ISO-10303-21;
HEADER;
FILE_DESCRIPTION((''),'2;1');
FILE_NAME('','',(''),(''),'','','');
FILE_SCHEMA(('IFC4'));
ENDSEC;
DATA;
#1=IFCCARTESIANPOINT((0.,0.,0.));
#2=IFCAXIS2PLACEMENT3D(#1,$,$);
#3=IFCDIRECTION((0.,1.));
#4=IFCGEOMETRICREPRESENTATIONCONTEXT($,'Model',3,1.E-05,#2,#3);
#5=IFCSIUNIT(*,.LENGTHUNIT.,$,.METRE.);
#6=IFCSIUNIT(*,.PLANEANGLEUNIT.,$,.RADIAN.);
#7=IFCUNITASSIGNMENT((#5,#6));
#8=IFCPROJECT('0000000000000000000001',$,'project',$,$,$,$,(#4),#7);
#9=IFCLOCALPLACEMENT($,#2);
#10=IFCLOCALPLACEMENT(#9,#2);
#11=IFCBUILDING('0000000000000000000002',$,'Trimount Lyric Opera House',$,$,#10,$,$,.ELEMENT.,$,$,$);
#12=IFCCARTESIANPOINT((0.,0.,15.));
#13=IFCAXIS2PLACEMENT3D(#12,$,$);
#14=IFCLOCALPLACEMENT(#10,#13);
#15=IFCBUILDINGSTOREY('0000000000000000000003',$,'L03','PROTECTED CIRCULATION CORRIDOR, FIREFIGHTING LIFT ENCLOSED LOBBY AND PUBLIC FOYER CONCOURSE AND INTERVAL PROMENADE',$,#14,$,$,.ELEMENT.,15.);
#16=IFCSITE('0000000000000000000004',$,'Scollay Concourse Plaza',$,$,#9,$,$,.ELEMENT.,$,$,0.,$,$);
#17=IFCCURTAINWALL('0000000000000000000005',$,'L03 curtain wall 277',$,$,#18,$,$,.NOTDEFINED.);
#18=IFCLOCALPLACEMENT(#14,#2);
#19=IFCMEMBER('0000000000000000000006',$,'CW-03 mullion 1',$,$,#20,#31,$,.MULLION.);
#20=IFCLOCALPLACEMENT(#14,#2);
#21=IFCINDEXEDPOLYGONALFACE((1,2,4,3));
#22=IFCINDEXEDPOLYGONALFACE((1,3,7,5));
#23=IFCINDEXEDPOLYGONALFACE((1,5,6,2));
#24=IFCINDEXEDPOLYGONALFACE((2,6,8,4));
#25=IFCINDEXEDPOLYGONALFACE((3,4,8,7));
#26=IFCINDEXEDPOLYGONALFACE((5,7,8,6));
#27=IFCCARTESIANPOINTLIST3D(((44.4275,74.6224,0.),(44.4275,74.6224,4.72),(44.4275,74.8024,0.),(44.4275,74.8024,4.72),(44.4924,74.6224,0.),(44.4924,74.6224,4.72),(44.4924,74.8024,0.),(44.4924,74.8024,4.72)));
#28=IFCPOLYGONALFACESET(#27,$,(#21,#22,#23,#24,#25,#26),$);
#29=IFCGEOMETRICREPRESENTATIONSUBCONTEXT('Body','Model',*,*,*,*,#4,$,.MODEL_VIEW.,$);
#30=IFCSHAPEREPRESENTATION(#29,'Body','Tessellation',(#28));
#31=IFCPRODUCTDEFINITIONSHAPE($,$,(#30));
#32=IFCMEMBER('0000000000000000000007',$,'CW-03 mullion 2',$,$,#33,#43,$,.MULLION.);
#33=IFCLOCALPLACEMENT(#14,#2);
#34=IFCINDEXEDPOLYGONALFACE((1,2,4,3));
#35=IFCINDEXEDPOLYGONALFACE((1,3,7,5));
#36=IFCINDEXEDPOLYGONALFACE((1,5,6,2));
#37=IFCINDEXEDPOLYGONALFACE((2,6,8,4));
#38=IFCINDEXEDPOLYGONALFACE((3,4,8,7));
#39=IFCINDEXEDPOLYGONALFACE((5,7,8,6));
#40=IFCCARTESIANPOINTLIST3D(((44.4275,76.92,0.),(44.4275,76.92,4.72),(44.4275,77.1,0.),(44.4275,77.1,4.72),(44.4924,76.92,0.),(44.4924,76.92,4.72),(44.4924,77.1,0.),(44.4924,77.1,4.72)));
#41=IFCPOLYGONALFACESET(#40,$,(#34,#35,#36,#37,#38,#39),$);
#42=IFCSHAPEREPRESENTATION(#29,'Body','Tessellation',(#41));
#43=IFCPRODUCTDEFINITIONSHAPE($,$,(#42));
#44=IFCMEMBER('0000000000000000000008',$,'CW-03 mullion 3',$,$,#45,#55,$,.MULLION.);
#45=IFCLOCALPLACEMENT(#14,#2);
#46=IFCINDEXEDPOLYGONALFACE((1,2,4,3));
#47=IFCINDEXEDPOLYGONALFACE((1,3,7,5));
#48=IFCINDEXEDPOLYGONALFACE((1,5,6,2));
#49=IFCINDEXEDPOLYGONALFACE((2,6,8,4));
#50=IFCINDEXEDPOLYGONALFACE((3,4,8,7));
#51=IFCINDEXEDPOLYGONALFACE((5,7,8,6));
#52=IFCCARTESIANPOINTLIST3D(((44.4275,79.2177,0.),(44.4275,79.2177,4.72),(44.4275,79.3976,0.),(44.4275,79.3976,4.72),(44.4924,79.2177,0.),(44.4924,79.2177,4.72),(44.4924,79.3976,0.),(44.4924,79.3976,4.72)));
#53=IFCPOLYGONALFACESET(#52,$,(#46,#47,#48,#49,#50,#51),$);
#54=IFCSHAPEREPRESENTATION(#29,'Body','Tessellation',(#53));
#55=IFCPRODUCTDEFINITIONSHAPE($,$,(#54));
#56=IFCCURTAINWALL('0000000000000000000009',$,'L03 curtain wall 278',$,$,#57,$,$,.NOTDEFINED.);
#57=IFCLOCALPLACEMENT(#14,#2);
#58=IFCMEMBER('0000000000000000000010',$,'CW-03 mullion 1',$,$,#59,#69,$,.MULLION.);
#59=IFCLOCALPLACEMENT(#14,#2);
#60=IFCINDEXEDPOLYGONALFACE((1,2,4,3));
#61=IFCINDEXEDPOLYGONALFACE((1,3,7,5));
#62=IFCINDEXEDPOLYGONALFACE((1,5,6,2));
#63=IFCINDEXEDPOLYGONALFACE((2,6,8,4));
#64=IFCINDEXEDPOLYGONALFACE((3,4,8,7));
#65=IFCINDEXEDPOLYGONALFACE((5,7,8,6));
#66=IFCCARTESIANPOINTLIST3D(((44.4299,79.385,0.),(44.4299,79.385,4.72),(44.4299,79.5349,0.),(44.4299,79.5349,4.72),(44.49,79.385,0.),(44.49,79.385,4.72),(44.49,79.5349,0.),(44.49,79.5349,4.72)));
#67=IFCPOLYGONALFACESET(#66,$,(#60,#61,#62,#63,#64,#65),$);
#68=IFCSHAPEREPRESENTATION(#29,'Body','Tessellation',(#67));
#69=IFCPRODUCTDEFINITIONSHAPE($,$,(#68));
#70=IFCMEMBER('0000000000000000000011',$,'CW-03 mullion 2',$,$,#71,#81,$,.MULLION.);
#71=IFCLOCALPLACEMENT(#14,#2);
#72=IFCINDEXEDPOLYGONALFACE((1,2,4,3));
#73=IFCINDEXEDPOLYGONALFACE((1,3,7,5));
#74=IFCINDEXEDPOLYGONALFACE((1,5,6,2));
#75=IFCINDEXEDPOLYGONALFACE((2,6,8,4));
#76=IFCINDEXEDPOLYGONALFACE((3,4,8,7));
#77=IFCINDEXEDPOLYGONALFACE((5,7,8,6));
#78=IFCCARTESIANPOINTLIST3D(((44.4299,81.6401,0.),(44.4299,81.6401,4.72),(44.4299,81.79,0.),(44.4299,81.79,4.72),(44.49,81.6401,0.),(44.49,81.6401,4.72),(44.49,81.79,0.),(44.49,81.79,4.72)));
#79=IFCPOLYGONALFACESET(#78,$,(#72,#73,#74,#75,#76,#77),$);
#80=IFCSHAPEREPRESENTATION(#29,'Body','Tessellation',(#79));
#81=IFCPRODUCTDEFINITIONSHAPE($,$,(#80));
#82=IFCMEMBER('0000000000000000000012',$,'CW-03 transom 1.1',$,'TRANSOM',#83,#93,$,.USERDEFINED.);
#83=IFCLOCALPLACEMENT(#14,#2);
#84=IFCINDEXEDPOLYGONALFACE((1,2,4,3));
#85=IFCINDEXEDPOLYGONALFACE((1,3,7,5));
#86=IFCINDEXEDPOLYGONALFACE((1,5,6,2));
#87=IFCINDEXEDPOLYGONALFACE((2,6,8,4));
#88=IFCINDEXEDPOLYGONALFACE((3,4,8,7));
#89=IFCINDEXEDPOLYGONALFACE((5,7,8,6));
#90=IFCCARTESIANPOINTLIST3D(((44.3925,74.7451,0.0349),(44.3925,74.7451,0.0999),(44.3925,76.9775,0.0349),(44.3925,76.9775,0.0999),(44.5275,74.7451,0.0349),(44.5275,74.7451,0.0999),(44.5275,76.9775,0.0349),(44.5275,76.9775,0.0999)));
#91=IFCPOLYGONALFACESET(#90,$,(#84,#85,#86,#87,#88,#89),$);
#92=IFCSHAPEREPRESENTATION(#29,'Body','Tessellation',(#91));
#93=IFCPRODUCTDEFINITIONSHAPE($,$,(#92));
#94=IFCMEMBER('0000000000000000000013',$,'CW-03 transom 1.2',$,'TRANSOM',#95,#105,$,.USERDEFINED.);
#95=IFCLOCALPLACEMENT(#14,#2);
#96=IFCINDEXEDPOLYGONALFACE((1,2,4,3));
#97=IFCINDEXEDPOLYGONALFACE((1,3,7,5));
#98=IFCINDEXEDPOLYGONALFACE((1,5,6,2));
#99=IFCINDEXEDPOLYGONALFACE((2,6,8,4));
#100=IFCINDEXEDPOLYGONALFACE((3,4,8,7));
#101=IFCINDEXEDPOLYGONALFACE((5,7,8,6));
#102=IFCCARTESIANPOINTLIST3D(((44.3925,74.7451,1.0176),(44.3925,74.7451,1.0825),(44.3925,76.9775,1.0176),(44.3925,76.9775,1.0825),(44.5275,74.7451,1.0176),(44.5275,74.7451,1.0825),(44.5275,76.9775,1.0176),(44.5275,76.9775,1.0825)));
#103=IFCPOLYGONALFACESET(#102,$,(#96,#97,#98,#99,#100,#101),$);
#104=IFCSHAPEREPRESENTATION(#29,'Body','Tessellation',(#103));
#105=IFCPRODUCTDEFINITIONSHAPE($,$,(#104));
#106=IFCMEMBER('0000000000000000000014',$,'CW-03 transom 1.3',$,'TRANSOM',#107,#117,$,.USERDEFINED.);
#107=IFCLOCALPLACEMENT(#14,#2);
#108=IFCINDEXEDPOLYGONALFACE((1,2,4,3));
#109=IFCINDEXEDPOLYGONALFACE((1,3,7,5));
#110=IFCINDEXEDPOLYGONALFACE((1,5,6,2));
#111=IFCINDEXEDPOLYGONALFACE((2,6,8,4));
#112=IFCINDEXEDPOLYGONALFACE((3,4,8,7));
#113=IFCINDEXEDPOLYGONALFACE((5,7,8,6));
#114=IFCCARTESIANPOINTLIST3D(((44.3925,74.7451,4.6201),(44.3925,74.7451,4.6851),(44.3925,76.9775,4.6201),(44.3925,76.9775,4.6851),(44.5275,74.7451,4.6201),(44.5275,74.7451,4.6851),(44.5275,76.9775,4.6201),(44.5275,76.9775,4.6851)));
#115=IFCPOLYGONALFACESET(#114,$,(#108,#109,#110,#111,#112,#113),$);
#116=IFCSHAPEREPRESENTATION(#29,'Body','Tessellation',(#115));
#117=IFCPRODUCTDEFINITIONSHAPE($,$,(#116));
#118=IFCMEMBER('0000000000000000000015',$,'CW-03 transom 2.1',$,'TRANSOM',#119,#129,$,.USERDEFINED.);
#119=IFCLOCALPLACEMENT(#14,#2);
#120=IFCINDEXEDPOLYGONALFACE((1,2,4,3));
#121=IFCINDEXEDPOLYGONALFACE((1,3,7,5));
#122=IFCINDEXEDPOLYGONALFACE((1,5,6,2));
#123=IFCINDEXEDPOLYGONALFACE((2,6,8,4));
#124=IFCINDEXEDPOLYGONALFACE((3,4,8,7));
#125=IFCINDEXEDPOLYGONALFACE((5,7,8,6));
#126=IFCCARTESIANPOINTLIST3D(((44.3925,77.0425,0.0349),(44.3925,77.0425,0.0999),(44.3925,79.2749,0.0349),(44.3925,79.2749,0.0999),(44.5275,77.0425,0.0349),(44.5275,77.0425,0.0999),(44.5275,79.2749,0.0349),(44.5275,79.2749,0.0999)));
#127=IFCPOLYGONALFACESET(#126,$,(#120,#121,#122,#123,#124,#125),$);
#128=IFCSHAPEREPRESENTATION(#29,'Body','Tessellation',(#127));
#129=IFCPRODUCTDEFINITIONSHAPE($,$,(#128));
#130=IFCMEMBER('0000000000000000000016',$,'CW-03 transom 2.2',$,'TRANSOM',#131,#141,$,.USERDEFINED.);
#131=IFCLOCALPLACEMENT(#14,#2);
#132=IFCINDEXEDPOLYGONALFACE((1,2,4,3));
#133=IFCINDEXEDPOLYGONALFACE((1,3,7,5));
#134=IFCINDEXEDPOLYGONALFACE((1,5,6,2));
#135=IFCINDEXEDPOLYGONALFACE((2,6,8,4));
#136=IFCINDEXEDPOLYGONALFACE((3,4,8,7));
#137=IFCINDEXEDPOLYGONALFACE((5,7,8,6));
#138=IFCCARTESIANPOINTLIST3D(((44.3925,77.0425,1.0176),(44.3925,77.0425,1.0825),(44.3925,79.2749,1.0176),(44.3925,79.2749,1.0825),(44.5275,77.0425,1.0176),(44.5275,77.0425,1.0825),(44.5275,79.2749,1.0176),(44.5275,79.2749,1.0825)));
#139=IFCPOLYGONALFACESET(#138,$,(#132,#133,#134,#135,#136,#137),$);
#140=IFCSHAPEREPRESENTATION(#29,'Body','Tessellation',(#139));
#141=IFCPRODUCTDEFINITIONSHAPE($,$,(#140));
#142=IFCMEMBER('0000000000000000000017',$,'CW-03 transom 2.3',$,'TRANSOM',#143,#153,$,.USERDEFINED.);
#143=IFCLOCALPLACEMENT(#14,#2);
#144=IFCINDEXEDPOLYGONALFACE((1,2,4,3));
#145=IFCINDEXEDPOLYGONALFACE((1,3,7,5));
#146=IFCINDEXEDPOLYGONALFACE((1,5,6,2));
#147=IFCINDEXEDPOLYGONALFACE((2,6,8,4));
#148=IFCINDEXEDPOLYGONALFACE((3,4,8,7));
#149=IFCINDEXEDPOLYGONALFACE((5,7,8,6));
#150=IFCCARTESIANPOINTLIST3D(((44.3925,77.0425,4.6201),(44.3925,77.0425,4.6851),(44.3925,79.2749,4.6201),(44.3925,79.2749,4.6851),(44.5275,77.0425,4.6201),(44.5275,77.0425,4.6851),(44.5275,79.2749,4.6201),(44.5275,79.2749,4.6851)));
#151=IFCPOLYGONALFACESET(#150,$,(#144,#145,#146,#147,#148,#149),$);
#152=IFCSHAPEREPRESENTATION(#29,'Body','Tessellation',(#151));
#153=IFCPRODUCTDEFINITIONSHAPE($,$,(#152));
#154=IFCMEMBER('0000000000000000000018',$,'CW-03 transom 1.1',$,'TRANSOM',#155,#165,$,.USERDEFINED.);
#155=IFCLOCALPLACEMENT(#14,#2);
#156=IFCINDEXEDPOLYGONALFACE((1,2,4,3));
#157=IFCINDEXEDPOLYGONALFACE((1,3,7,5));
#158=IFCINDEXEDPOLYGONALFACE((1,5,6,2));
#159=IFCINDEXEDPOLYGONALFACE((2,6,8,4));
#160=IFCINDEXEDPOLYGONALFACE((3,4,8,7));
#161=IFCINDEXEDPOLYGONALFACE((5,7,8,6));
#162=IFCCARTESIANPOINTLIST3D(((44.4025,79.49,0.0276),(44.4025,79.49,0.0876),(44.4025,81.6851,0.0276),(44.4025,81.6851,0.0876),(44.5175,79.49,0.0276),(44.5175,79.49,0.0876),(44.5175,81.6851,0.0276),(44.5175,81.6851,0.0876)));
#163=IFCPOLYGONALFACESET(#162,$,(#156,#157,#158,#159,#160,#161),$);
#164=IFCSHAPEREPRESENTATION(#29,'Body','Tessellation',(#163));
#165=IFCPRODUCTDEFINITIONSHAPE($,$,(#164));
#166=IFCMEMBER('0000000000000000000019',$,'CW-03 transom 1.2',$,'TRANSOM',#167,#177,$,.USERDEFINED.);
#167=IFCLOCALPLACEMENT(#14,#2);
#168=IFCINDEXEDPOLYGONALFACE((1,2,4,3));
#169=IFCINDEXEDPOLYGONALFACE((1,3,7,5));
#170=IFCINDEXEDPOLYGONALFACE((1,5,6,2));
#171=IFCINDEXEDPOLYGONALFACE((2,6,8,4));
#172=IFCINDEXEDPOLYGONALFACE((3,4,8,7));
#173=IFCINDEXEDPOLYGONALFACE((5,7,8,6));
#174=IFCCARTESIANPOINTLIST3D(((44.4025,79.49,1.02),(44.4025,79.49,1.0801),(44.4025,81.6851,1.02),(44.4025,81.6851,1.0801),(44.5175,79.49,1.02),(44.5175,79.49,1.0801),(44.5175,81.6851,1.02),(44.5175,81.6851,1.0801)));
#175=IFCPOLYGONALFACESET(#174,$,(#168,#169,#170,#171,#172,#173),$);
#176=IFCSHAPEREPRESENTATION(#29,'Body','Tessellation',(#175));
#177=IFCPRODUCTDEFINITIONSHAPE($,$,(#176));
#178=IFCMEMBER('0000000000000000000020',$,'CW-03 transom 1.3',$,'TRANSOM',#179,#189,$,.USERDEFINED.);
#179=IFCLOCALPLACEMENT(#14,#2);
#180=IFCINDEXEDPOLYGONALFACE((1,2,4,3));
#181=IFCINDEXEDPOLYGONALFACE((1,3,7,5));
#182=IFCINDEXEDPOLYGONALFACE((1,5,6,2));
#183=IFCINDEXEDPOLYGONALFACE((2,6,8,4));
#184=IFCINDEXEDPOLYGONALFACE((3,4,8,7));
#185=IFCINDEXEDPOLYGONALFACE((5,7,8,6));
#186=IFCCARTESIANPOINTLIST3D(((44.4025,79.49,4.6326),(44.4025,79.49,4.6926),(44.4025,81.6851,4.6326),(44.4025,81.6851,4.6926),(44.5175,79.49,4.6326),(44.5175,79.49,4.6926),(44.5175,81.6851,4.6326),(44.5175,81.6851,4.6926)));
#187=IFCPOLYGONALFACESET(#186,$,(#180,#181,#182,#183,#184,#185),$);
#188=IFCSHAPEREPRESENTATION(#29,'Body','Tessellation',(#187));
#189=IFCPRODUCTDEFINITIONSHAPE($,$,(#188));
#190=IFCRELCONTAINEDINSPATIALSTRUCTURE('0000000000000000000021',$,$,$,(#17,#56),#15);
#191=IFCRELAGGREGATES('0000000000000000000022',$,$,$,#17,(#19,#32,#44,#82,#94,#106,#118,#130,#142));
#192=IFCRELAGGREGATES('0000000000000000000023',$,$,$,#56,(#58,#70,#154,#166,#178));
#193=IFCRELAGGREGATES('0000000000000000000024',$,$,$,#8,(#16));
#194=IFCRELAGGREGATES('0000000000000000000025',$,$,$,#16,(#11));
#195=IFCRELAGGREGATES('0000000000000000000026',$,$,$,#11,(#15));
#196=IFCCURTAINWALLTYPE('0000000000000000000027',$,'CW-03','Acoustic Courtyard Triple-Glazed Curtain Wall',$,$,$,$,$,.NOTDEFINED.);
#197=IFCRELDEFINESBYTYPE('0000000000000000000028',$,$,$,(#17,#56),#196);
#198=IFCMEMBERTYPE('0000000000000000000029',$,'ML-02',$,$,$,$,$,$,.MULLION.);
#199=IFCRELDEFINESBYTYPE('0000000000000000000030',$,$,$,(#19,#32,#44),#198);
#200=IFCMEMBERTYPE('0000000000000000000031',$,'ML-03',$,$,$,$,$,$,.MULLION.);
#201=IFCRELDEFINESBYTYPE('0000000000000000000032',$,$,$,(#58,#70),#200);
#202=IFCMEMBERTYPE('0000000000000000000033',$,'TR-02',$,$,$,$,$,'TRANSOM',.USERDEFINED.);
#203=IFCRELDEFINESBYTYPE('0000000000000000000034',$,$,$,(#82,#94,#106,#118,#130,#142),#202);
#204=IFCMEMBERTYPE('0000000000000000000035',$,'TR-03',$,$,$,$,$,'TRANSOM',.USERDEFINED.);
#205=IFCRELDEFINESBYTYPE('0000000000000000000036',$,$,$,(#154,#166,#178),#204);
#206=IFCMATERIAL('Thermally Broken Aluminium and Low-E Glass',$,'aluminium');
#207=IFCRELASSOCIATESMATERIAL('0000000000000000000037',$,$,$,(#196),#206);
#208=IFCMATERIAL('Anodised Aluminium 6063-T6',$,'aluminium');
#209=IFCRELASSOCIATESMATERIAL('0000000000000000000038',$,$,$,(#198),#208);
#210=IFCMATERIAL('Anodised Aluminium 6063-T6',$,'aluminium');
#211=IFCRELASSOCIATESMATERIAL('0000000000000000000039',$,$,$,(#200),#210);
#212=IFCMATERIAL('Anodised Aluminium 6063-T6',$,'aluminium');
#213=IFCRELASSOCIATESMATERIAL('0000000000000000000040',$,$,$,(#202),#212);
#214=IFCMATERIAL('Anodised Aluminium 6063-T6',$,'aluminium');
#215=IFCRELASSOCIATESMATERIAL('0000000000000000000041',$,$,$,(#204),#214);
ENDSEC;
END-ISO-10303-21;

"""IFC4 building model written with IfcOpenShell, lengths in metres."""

from ifc_helpers import new_model, si_unit, direction, frame, origin, origin_2d, place, context, subcontext, project, spatial, rectangle, extrude, material, material_profile, profile_set, type_object, element, aggregate, save


model = new_model("IFC4")

# Units and contexts
model_context = context("Model", 3, precision=1e-05, world=origin(), true_north=direction((0.0, 1.0)))
body_context = subcontext(model_context, "Body", "Model", "MODEL_VIEW")
ifc_project = project(units=[si_unit("LENGTHUNIT", "METRE"), si_unit("PLANEANGLEUNIT", "RADIAN")], contexts=[model_context])

# Site, building, storey
site_placement = place(None, origin())
site = spatial("IfcSite", under=ifc_project, at=site_placement, Name="Scollay Concourse Plaza", CompositionType="ELEMENT", RefElevation=0.0)
building_placement = place(site_placement, origin())
building = spatial("IfcBuilding", under=site, at=building_placement, Name="Trimount Lyric Opera House", CompositionType="ELEMENT")
storey_placement = place(building_placement, frame((0.0, 0.0, 15.0)))
storey = spatial("IfcBuildingStorey", under=building, at=storey_placement, Name="L03", Description="PROTECTED CIRCULATION CORRIDOR, FIREFIGHTING LIFT ENCLOSED LOBBY AND PUBLIC FOYER CONCOURSE AND INTERVAL PROMENADE", CompositionType="ELEMENT", Elevation=15.0)

# Curtain walls, members
ifc_material_1 = material(Name="Thermally Broken Aluminium and Low-E Glass", Category="aluminium")
curtain_wall_type = type_object("IfcCurtainWallType", Name="CW-03", Description="Acoustic Courtyard Triple-Glazed Curtain Wall", PredefinedType="NOTDEFINED", material=ifc_material_1)
curtain_wall_1_placement = place(storey_placement, origin())
curtain_wall_1 = element("IfcCurtainWall", 1, at=curtain_wall_1_placement, inside=storey, type_object=curtain_wall_type, Name="L03 curtain wall 277", PredefinedType="NOTDEFINED")
ifc_material_2 = material(Name="Anodised Aluminium 6063-T6", Category="aluminium")
ifc_material_profile_1 = material_profile(ifc_material_2, rectangle(XDim=0.0649, YDim=0.1799, at=origin_2d()), Name="ALU-MULL-65X180")
ifc_profile_set_1 = profile_set([ifc_material_profile_1], Name="Anodised Aluminium 6063-T6")
member_type_1 = type_object("IfcMemberType", Name="ML-02", PredefinedType="MULLION", material=ifc_profile_set_1)
member_1_placement = place(storey_placement, frame((44.46, 74.7124, 0.0), z_axis=(0.0, 0.0, 1.0), x_axis=(-1.0, 0.0, 0.0)))
member_1 = element("IfcMember", 2, at=member_1_placement, type_object=member_type_1, Name="CW-03 mullion 1", PredefinedType="MULLION", context=body_context, shape_type="SweptSolid", body=[
    extrude(rectangle(XDim=0.0649, YDim=0.1799, at=origin_2d()), origin(), (0.0, 0.0, 1.0), 4.72),
])
member_2_placement = place(storey_placement, frame((44.46, 77.01, 0.0), z_axis=(0.0, 0.0, 1.0), x_axis=(-1.0, 0.0, 0.0)))
member_2 = element("IfcMember", 3, at=member_2_placement, type_object=member_type_1, Name="CW-03 mullion 2", PredefinedType="MULLION", context=body_context, shape_type="SweptSolid", body=[
    extrude(rectangle(XDim=0.0649, YDim=0.1799, at=origin_2d()), origin(), (0.0, 0.0, 1.0), 4.72),
])
member_3_placement = place(storey_placement, frame((44.46, 79.3076, 0.0), z_axis=(0.0, 0.0, 1.0), x_axis=(-1.0, 0.0, 0.0)))
member_3 = element("IfcMember", 4, at=member_3_placement, type_object=member_type_1, Name="CW-03 mullion 3", PredefinedType="MULLION", context=body_context, shape_type="SweptSolid", body=[
    extrude(rectangle(XDim=0.0649, YDim=0.1799, at=origin_2d()), origin(), (0.0, 0.0, 1.0), 4.72),
])
curtain_wall_2_placement = place(storey_placement, origin())
curtain_wall_2 = element("IfcCurtainWall", 5, at=curtain_wall_2_placement, inside=storey, type_object=curtain_wall_type, Name="L03 curtain wall 278", PredefinedType="NOTDEFINED")
ifc_material_3 = material(Name="Anodised Aluminium 6063-T6", Category="aluminium")
ifc_material_profile_2 = material_profile(ifc_material_3, rectangle(XDim=0.0601, YDim=0.1499, at=origin_2d()), Name="ALU-MULL-60X150")
ifc_profile_set_2 = profile_set([ifc_material_profile_2], Name="Anodised Aluminium 6063-T6")
member_type_2 = type_object("IfcMemberType", Name="ML-03", PredefinedType="MULLION", material=ifc_profile_set_2)
member_4_placement = place(storey_placement, frame((44.46, 79.46, 0.0), z_axis=(0.0, 0.0, 1.0), x_axis=(-1.0, 0.0, 0.0)))
member_4 = element("IfcMember", 6, at=member_4_placement, type_object=member_type_2, Name="CW-03 mullion 1", PredefinedType="MULLION", context=body_context, shape_type="SweptSolid", body=[
    extrude(rectangle(XDim=0.0601, YDim=0.1499, at=origin_2d()), origin(), (0.0, 0.0, 1.0), 4.72),
])
member_5_placement = place(storey_placement, frame((44.46, 81.7151, 0.0), z_axis=(0.0, 0.0, 1.0), x_axis=(-1.0, 0.0, 0.0)))
member_5 = element("IfcMember", 7, at=member_5_placement, type_object=member_type_2, Name="CW-03 mullion 2", PredefinedType="MULLION", context=body_context, shape_type="SweptSolid", body=[
    extrude(rectangle(XDim=0.0601, YDim=0.1499, at=origin_2d()), origin(), (0.0, 0.0, 1.0), 4.72),
])

# Members
ifc_material_4 = material(Name="Anodised Aluminium 6063-T6", Category="aluminium")
ifc_material_profile_3 = material_profile(ifc_material_4, rectangle(XDim=0.135, YDim=0.0649, at=origin_2d()), Name="ALU-TRAN-65X135")
ifc_profile_set_3 = profile_set([ifc_material_profile_3], Name="Anodised Aluminium 6063-T6")
member_type_3 = type_object("IfcMemberType", Name="TR-02", ElementType="TRANSOM", PredefinedType="USERDEFINED", material=ifc_profile_set_3)
member_6_placement = place(storey_placement, frame((44.46, 74.7451, 0.0674), z_axis=(0.0, 1.0, 0.0), x_axis=(-1.0, 0.0, 0.0)))
member_6 = element("IfcMember", 8, at=member_6_placement, type_object=member_type_3, Name="CW-03 transom 1.1", ObjectType="TRANSOM", PredefinedType="USERDEFINED", context=body_context, shape_type="SweptSolid", body=[
    extrude(rectangle(XDim=0.135, YDim=0.0649, at=origin_2d()), origin(), (0.0, 0.0, 1.0), 2.2324),
])
member_7_placement = place(storey_placement, frame((44.46, 74.7451, 1.05), z_axis=(0.0, 1.0, 0.0), x_axis=(-1.0, 0.0, 0.0)))
member_7 = element("IfcMember", 9, at=member_7_placement, type_object=member_type_3, Name="CW-03 transom 1.2", ObjectType="TRANSOM", PredefinedType="USERDEFINED", context=body_context, shape_type="SweptSolid", body=[
    extrude(rectangle(XDim=0.135, YDim=0.0649, at=origin_2d()), origin(), (0.0, 0.0, 1.0), 2.2324),
])
member_8_placement = place(storey_placement, frame((44.46, 74.7451, 4.6526), z_axis=(0.0, 1.0, 0.0), x_axis=(-1.0, 0.0, 0.0)))
member_8 = element("IfcMember", 10, at=member_8_placement, type_object=member_type_3, Name="CW-03 transom 1.3", ObjectType="TRANSOM", PredefinedType="USERDEFINED", context=body_context, shape_type="SweptSolid", body=[
    extrude(rectangle(XDim=0.135, YDim=0.0649, at=origin_2d()), origin(), (0.0, 0.0, 1.0), 2.2324),
])
member_9_placement = place(storey_placement, frame((44.46, 77.0425, 0.0674), z_axis=(0.0, 1.0, 0.0), x_axis=(-1.0, 0.0, 0.0)))
member_9 = element("IfcMember", 11, at=member_9_placement, type_object=member_type_3, Name="CW-03 transom 2.1", ObjectType="TRANSOM", PredefinedType="USERDEFINED", context=body_context, shape_type="SweptSolid", body=[
    extrude(rectangle(XDim=0.135, YDim=0.0649, at=origin_2d()), origin(), (0.0, 0.0, 1.0), 2.2324),
])
member_10_placement = place(storey_placement, frame((44.46, 77.0425, 1.05), z_axis=(0.0, 1.0, 0.0), x_axis=(-1.0, 0.0, 0.0)))
member_10 = element("IfcMember", 12, at=member_10_placement, type_object=member_type_3, Name="CW-03 transom 2.2", ObjectType="TRANSOM", PredefinedType="USERDEFINED", context=body_context, shape_type="SweptSolid", body=[
    extrude(rectangle(XDim=0.135, YDim=0.0649, at=origin_2d()), origin(), (0.0, 0.0, 1.0), 2.2324),
])
member_11_placement = place(storey_placement, frame((44.46, 77.0425, 4.6526), z_axis=(0.0, 1.0, 0.0), x_axis=(-1.0, 0.0, 0.0)))
member_11 = element("IfcMember", 13, at=member_11_placement, type_object=member_type_3, Name="CW-03 transom 2.3", ObjectType="TRANSOM", PredefinedType="USERDEFINED", context=body_context, shape_type="SweptSolid", body=[
    extrude(rectangle(XDim=0.135, YDim=0.0649, at=origin_2d()), origin(), (0.0, 0.0, 1.0), 2.2324),
])
ifc_material_5 = material(Name="Anodised Aluminium 6063-T6", Category="aluminium")
ifc_material_profile_4 = material_profile(ifc_material_5, rectangle(XDim=0.115, YDim=0.0601, at=origin_2d()), Name="ALU-TRAN-60X115")
ifc_profile_set_4 = profile_set([ifc_material_profile_4], Name="Anodised Aluminium 6063-T6")
member_type_4 = type_object("IfcMemberType", Name="TR-03", ElementType="TRANSOM", PredefinedType="USERDEFINED", material=ifc_profile_set_4)
member_12_placement = place(storey_placement, frame((44.46, 79.49, 0.0576), z_axis=(0.0, 1.0, 0.0), x_axis=(-1.0, 0.0, 0.0)))
member_12 = element("IfcMember", 14, at=member_12_placement, type_object=member_type_4, Name="CW-03 transom 1.1", ObjectType="TRANSOM", PredefinedType="USERDEFINED", context=body_context, shape_type="SweptSolid", body=[
    extrude(rectangle(XDim=0.115, YDim=0.0601, at=origin_2d()), origin(), (0.0, 0.0, 1.0), 2.1951),
])
member_13_placement = place(storey_placement, frame((44.46, 79.49, 1.05), z_axis=(0.0, 1.0, 0.0), x_axis=(-1.0, 0.0, 0.0)))
member_13 = element("IfcMember", 15, at=member_13_placement, type_object=member_type_4, Name="CW-03 transom 1.2", ObjectType="TRANSOM", PredefinedType="USERDEFINED", context=body_context, shape_type="SweptSolid", body=[
    extrude(rectangle(XDim=0.115, YDim=0.0601, at=origin_2d()), origin(), (0.0, 0.0, 1.0), 2.1951),
])
member_14_placement = place(storey_placement, frame((44.46, 79.49, 4.6626), z_axis=(0.0, 1.0, 0.0), x_axis=(-1.0, 0.0, 0.0)))
member_14 = element("IfcMember", 16, at=member_14_placement, type_object=member_type_4, Name="CW-03 transom 1.3", ObjectType="TRANSOM", PredefinedType="USERDEFINED", context=body_context, shape_type="SweptSolid", body=[
    extrude(rectangle(XDim=0.115, YDim=0.0601, at=origin_2d()), origin(), (0.0, 0.0, 1.0), 2.1951),
])

aggregate(curtain_wall_1, [member_1, member_2, member_3, member_6, member_7, member_8, member_9, member_10, member_11])
aggregate(curtain_wall_2, [member_4, member_5, member_12, member_13, member_14])

save(model, "model.ifc")
